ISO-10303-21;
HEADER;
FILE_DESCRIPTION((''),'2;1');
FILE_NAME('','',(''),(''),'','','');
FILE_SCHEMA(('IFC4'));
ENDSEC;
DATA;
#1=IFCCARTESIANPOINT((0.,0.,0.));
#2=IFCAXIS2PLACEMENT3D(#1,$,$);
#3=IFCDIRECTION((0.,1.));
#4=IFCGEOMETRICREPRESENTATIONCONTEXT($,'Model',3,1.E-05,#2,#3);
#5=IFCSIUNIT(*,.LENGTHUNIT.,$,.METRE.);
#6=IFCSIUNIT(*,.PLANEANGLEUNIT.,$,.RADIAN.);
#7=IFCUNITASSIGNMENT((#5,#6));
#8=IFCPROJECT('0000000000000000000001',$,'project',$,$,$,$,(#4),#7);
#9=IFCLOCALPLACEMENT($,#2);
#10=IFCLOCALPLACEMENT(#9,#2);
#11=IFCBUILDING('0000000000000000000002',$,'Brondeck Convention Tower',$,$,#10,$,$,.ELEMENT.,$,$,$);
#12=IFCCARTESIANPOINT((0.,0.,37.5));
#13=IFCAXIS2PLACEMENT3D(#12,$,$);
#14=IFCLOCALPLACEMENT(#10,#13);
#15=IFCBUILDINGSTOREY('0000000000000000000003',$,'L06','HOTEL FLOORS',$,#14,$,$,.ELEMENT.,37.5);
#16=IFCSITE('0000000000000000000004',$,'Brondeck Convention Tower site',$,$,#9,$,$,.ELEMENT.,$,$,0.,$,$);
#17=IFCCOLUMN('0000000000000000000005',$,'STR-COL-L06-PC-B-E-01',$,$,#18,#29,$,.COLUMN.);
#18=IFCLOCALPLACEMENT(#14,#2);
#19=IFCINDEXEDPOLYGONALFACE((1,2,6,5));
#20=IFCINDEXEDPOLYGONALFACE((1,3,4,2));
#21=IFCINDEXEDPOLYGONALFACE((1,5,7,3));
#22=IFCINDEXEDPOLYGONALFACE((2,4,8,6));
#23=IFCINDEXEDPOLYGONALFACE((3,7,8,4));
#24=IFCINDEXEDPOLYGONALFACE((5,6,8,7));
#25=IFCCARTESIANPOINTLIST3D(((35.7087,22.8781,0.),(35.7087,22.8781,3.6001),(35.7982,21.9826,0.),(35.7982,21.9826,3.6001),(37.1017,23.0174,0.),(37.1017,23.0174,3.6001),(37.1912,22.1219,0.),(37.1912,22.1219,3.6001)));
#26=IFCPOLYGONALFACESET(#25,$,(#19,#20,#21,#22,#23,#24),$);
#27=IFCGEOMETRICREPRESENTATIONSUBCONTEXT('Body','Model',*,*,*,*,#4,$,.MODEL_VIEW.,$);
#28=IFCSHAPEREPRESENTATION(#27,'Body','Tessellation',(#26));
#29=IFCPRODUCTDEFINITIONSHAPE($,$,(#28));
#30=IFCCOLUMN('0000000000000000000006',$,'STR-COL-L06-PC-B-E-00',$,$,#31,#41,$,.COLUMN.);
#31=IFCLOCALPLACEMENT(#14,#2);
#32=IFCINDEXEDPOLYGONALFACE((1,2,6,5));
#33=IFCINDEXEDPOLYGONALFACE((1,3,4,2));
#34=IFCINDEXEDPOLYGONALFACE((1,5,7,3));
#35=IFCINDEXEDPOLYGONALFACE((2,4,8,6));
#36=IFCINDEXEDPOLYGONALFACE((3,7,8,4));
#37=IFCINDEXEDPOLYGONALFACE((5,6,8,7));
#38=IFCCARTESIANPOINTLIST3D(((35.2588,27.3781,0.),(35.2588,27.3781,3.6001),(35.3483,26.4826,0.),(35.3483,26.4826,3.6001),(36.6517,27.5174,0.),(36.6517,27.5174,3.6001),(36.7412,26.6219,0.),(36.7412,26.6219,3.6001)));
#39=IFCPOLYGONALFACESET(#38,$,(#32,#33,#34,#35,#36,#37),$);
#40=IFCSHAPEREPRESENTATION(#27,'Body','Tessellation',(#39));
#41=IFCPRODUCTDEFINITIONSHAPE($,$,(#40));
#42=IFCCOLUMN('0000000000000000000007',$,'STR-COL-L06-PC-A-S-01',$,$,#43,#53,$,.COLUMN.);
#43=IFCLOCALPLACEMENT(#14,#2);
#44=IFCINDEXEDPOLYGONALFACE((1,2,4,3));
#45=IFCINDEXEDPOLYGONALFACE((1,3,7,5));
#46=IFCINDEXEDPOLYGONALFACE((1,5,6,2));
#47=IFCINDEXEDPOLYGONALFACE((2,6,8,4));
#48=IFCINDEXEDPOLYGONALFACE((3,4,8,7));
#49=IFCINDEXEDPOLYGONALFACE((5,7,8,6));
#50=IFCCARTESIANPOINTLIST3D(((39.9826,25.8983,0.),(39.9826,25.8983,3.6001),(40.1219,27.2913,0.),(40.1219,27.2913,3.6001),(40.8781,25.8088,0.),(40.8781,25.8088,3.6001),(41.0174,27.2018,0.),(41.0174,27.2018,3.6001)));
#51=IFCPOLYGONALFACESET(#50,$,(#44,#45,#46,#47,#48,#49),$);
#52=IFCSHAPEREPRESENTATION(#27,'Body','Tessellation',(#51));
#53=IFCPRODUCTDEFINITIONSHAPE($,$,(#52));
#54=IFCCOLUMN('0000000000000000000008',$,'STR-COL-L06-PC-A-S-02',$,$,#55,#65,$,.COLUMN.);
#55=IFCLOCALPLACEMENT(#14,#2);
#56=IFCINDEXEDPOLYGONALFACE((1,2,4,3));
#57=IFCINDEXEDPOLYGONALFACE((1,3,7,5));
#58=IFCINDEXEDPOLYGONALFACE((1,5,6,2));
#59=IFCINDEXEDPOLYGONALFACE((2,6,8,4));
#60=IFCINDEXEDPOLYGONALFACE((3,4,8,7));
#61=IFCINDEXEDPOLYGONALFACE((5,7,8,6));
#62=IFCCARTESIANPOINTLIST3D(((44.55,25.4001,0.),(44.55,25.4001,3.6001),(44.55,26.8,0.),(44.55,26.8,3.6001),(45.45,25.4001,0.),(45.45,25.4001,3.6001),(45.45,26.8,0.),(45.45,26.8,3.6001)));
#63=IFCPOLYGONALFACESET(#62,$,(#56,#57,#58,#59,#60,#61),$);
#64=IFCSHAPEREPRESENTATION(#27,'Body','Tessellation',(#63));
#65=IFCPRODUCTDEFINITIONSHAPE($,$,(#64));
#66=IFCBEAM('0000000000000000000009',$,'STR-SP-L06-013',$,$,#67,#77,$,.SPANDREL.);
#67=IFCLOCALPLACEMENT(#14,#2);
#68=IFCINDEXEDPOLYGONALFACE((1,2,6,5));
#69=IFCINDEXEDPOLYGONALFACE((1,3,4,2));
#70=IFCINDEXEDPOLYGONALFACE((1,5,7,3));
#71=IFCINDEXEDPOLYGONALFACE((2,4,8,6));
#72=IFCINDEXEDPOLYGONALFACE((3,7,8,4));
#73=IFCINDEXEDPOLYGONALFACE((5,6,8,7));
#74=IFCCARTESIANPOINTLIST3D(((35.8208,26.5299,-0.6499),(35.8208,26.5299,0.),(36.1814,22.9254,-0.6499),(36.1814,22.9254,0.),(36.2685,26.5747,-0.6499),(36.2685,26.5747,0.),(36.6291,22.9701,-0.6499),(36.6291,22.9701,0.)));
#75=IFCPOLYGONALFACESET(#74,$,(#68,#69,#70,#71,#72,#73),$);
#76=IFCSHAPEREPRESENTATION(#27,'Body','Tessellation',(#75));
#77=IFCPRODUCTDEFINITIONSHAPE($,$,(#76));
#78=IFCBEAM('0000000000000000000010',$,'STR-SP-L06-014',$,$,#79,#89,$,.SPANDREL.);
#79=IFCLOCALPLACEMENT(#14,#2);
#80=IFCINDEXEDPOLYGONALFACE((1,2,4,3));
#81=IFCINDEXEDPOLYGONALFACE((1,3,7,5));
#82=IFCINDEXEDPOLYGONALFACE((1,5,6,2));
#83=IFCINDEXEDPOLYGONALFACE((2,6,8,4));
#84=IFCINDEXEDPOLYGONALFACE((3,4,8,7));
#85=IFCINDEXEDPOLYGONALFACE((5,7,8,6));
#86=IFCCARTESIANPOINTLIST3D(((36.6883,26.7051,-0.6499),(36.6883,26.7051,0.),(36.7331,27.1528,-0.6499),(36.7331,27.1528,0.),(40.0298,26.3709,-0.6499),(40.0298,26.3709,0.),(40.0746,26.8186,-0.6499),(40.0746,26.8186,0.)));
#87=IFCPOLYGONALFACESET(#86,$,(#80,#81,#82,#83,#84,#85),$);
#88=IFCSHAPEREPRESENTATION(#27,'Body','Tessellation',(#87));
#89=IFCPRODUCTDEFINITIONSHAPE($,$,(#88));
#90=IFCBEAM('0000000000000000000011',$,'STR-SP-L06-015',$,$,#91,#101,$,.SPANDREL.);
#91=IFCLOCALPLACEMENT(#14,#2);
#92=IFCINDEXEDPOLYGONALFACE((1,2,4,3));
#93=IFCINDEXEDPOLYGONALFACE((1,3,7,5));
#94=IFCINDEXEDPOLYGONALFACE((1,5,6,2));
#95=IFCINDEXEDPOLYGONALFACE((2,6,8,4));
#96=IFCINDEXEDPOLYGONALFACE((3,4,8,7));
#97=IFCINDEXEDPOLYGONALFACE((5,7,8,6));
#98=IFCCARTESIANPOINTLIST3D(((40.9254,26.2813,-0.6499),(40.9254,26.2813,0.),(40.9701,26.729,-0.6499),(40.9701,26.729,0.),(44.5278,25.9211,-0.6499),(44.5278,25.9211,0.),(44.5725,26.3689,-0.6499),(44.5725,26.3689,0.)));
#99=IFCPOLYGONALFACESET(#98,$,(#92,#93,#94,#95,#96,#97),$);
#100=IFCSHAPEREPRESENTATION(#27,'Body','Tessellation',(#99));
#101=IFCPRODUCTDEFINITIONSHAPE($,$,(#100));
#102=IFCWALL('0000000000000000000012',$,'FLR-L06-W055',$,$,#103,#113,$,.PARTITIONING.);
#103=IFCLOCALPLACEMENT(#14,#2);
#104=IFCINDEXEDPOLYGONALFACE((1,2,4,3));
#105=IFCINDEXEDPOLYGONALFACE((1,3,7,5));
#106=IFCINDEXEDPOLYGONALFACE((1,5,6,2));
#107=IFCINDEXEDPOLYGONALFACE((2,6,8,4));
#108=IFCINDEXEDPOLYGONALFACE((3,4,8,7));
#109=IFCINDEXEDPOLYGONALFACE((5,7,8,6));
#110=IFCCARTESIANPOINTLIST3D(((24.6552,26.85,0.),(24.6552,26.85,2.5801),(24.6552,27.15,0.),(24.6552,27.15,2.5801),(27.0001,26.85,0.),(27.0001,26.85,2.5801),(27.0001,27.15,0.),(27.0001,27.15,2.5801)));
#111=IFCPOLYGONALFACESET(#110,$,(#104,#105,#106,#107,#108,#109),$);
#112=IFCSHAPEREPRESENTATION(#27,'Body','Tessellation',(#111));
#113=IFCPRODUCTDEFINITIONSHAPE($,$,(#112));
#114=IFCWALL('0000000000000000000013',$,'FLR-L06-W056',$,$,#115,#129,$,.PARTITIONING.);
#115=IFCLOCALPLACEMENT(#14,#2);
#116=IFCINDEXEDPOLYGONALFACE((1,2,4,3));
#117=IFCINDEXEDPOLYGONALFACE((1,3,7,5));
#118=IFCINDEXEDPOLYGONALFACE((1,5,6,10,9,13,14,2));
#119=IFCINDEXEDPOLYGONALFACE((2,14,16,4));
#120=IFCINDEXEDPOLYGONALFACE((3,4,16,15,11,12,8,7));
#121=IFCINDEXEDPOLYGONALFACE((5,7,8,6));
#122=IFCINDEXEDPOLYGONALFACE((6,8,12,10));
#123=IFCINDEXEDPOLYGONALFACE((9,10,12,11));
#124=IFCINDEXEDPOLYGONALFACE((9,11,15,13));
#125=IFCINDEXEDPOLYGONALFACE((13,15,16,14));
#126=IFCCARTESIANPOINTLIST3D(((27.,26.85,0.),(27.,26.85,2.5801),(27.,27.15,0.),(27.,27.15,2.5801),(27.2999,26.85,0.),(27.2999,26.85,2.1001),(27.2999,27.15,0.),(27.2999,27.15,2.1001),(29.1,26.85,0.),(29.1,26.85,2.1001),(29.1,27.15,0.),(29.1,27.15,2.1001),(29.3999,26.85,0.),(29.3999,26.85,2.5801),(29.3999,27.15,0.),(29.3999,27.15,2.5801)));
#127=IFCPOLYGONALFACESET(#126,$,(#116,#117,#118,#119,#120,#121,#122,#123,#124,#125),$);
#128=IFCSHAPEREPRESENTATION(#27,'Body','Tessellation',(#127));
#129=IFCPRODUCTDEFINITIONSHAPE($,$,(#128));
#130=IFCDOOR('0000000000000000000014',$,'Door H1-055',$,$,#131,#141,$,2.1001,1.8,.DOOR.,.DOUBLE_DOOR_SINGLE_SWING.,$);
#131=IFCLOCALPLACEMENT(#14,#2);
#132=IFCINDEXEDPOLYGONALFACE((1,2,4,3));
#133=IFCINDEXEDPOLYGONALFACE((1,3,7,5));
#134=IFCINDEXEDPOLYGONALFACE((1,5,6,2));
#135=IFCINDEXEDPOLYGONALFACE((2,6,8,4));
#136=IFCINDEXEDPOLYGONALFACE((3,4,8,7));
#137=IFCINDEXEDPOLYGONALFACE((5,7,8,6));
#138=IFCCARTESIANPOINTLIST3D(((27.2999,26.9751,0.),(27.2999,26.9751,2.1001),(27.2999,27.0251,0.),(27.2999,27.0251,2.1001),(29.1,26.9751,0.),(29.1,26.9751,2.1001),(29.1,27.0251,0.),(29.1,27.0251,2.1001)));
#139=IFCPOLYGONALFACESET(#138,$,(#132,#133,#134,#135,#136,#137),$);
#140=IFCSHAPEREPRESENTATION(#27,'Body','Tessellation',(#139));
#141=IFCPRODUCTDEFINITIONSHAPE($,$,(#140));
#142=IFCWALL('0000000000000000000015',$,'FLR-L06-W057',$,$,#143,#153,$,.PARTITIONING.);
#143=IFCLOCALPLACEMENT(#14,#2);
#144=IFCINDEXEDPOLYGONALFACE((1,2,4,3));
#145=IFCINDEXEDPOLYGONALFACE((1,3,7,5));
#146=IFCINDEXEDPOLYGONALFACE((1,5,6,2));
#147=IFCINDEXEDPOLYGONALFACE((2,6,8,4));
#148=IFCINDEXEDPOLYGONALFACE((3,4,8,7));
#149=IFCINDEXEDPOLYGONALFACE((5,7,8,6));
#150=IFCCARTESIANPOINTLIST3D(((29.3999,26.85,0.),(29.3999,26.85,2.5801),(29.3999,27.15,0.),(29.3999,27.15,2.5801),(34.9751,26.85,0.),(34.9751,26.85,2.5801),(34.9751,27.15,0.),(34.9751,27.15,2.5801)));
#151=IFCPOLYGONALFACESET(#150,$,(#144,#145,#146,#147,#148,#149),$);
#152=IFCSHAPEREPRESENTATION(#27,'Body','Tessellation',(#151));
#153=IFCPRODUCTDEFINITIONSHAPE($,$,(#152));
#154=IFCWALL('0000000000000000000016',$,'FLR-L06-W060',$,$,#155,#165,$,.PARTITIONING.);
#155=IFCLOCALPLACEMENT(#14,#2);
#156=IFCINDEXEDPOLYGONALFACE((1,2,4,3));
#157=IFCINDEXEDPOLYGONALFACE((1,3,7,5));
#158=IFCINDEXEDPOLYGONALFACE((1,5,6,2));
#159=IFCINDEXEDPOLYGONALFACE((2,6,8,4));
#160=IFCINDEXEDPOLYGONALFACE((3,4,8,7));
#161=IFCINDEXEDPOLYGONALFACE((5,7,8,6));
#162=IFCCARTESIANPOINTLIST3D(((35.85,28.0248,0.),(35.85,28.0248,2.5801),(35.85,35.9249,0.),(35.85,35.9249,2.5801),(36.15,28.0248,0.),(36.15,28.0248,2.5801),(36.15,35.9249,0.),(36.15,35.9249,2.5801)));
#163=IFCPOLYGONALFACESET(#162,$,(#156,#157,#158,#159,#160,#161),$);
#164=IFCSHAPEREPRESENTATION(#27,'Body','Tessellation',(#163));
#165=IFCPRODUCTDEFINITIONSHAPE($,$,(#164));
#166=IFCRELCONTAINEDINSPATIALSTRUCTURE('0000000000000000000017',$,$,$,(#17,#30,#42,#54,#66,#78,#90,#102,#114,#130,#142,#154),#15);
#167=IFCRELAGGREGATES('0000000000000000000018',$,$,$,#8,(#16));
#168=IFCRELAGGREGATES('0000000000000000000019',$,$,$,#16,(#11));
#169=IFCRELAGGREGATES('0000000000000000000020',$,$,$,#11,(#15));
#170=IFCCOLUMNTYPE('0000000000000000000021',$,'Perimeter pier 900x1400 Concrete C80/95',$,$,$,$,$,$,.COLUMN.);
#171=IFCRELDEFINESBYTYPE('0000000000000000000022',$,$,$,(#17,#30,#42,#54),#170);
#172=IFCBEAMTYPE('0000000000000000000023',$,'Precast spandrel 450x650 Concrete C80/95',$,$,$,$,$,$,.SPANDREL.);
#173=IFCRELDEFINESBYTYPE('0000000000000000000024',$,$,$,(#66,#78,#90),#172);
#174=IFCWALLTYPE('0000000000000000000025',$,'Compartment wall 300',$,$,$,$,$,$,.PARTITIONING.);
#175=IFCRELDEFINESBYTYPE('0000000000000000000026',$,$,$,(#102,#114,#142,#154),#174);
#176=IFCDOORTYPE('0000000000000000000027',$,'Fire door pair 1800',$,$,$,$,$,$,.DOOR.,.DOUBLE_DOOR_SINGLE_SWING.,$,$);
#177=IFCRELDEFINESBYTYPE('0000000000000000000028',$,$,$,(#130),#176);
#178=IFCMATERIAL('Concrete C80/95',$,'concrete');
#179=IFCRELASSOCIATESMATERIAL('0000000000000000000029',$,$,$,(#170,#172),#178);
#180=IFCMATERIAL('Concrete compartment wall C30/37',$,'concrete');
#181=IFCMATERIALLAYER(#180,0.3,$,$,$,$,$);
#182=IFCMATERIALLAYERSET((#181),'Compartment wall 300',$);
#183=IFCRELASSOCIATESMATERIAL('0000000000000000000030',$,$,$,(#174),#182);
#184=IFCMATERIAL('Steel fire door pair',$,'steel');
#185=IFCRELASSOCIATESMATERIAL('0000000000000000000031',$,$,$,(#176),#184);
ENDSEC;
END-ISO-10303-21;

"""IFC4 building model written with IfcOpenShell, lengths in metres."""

from ifc_helpers import new_model, si_unit, direction, frame, frame_2d, origin, origin_2d, place, context, subcontext, project, spatial, rectangle, extrude, material, layer, layer_set, material_profile, profile_set, type_object, element, fill, save


model = new_model("IFC4")

# Units and contexts
model_context = context("Model", 3, precision=1e-05, world=origin(), true_north=direction((0.0, 1.0)))
body_context = subcontext(model_context, "Body", "Model", "MODEL_VIEW")
ifc_project = project(units=[si_unit("LENGTHUNIT", "METRE"), si_unit("PLANEANGLEUNIT", "RADIAN")], contexts=[model_context])

# Site, building, storey
site_placement = place(None, origin())
site = spatial("IfcSite", under=ifc_project, at=site_placement, Name="Brondeck Convention Tower site", CompositionType="ELEMENT", RefElevation=0.0)
building_placement = place(site_placement, origin())
building = spatial("IfcBuilding", under=site, at=building_placement, Name="Brondeck Convention Tower", CompositionType="ELEMENT")
storey_placement = place(building_placement, frame((0.0, 0.0, 37.5)))
storey = spatial("IfcBuildingStorey", under=building, at=storey_placement, Name="L06", Description="HOTEL FLOORS", CompositionType="ELEMENT", Elevation=37.5)

# Columns
ifc_material_1 = material(Name="Concrete C80/95", Category="concrete")
ifc_material_profile_1 = material_profile(ifc_material_1, rectangle(XDim=0.8999, YDim=1.3999, at=origin_2d()), Name="Perimeter pier 900x1400 Concrete C80/95")
ifc_profile_set_1 = profile_set([ifc_material_profile_1], Name="Concrete C80/95")
column_type = type_object("IfcColumnType", Name="Perimeter pier 900x1400 Concrete C80/95", PredefinedType="COLUMN", material=ifc_profile_set_1)
for number, where, z_axis, x_axis, name in (
    (1, (36.45, 22.5, 0.0), (0.0, 0.0, 1.0), (-0.099504, 0.995037, 0.0), "STR-COL-L06-PC-B-E-01"),
    (2, (36.0, 27.0, 0.0), (0.0, 0.0, 1.0), (-0.099504, 0.995037, 0.0), "STR-COL-L06-PC-B-E-00"),
    (3, (40.5, 26.55, 0.0), (0.0, 0.0, 1.0), (0.995037, -0.099504, 0.0), "STR-COL-L06-PC-A-S-01"),
    (4, (45.0, 26.1001, 0.0), (0.0, 0.0, 1.0), (1.0, 0.0, 0.0), "STR-COL-L06-PC-A-S-02"),
):
    element("IfcColumn", number, at=place(storey_placement, frame(where, z_axis=z_axis, x_axis=x_axis)), inside=storey, type_object=column_type, Name=name, PredefinedType="COLUMN", context=body_context, shape_type="SweptSolid", body=[
        extrude(rectangle(XDim=0.8999, YDim=1.3999, at=origin_2d()), origin(), (0.0, 0.0, 1.0), 3.6001),
    ])

# Beams
ifc_material_profile_2 = material_profile(ifc_material_1, rectangle(XDim=0.45, YDim=0.6499, at=origin_2d()), Name="Precast spandrel 450x650 Concrete C80/95")
ifc_profile_set_2 = profile_set([ifc_material_profile_2], Name="Concrete C80/95")
beam_type = type_object("IfcBeamType", Name="Precast spandrel 450x650 Concrete C80/95", PredefinedType="SPANDREL", material=ifc_profile_set_2)
beam_1_placement = place(storey_placement, frame((36.4053, 22.9478, -0.325), z_axis=(-0.099544, 0.995033, 0.0), x_axis=(-0.995033, -0.099544, 0.0)))
element("IfcBeam", 5, at=beam_1_placement, inside=storey, type_object=beam_type, Name="STR-SP-L06-013", PredefinedType="SPANDREL", context=body_context, shape_type="SweptSolid", body=[
    extrude(rectangle(XDim=0.45, YDim=0.6499, at=origin_2d()), origin(), (0.0, 0.0, 1.0), 3.6226),
])
beam_2_placement = place(storey_placement, frame((36.7107, 26.929, -0.325), z_axis=(0.995035, -0.099525, 0.0), x_axis=(0.099525, 0.995035, 0.0)))
element("IfcBeam", 6, at=beam_2_placement, inside=storey, type_object=beam_type, Name="STR-SP-L06-014", PredefinedType="SPANDREL", context=body_context, shape_type="SweptSolid", body=[
    extrude(rectangle(XDim=0.45, YDim=0.6499, at=origin_2d()), origin(), (0.0, 0.0, 1.0), 3.3582),
])
beam_3_placement = place(storey_placement, frame((40.9478, 26.5051, -0.325), z_axis=(0.995041, -0.09947, 0.0), x_axis=(0.09947, 0.995041, 0.0)))
element("IfcBeam", 7, at=beam_3_placement, inside=storey, type_object=beam_type, Name="STR-SP-L06-015", PredefinedType="SPANDREL", context=body_context, shape_type="SweptSolid", body=[
    extrude(rectangle(XDim=0.45, YDim=0.6499, at=origin_2d()), origin(), (0.0, 0.0, 1.0), 3.6204),
])

# Wall
ifc_material_2 = material(Name="Concrete compartment wall C30/37", Category="concrete")
ifc_layer_1 = layer(ifc_material_2, 0.3)
ifc_layer_set_1 = layer_set([ifc_layer_1], Name="Compartment wall 300")
wall_type_1 = type_object("IfcWallType", Name="Compartment wall 300", PredefinedType="PARTITIONING", material=ifc_layer_set_1)
wall_1_placement = place(storey_placement, frame((27.0, 27.0, 0.0), z_axis=(0.0, 0.0, 1.0), x_axis=(-1.0, 0.0, 0.0)))
element("IfcWall", 8, at=wall_1_placement, inside=storey, type_object=wall_type_1, Name="FLR-L06-W055", PredefinedType="PARTITIONING", context=body_context, shape_type="SweptSolid", body=[
    extrude(rectangle(XDim=2.345, YDim=0.3, at=frame_2d((1.1724, 0.0))), origin(), (0.0, 0.0, 1.0), 2.5801),
])

# Wall, opening, door
wall_2_placement = place(storey_placement, frame((29.3999, 27.0, 0.0), z_axis=(0.0, 0.0, 1.0), x_axis=(-1.0, 0.0, 0.0)))
wall_2 = element("IfcWall", 9, at=wall_2_placement, inside=storey, type_object=wall_type_1, Name="FLR-L06-W056", PredefinedType="PARTITIONING", context=body_context, shape_type="SweptSolid", body=[
    extrude(rectangle(XDim=2.3999, YDim=0.3, at=frame_2d((1.2, 0.0))), origin(), (0.0, 0.0, 1.0), 2.5801),
])
opening_1_placement = place(wall_2_placement, frame((0.3, 0.0, 0.0)))
opening_1 = element("IfcOpeningElement", 10, at=opening_1_placement, cuts=wall_2, PredefinedType="OPENING", context=body_context, shape_type="SweptSolid", body=[
    extrude(rectangle(XDim=1.8, YDim=2.1001, at=frame_2d((0.8999, 1.05))), frame((0.0, 0.1599, 0.0), z_axis=(0.0, -1.0, 0.0), x_axis=(1.0, 0.0, 0.0)), (0.0, 0.0, 1.0), 0.3201),
])
ifc_material_3 = material(Name="Steel fire door pair", Category="steel")
door_type_1 = type_object("IfcDoorType", Name="Fire door pair 1800", OperationType="DOUBLE_DOOR_SINGLE_SWING", PredefinedType="DOOR", material=ifc_material_3)
door_1_placement = place(opening_1_placement, origin())
door_1 = element("IfcDoor", 11, at=door_1_placement, inside=storey, type_object=door_type_1, Name="Door H1-055", OperationType="DOUBLE_DOOR_SINGLE_SWING", OverallHeight=2.1001, OverallWidth=1.8, PredefinedType="DOOR", context=body_context, shape_type="SweptSolid", body=[
    extrude(rectangle(XDim=1.8, YDim=2.1001, at=frame_2d((0.8999, 1.05))), frame((0.0, 0.0249, 0.0), z_axis=(0.0, -1.0, 0.0), x_axis=(1.0, 0.0, 0.0)), (0.0, 0.0, 1.0), 0.05),
])
fill(opening_1, door_1)

# Walls
wall_3_placement = place(storey_placement, frame((34.9751, 27.0, 0.0), z_axis=(0.0, 0.0, 1.0), x_axis=(-1.0, 0.0, 0.0)))
element("IfcWall", 12, at=wall_3_placement, inside=storey, type_object=wall_type_1, Name="FLR-L06-W057", PredefinedType="PARTITIONING", context=body_context, shape_type="SweptSolid", body=[
    extrude(rectangle(XDim=5.5752, YDim=0.3, at=frame_2d((2.7876, 0.0))), origin(), (0.0, 0.0, 1.0), 2.5801),
])
wall_4_placement = place(storey_placement, frame((36.0, 35.925, 0.0), z_axis=(0.0, 0.0, 1.0), x_axis=(0.0, -1.0, 0.0)))
element("IfcWall", 13, at=wall_4_placement, inside=storey, type_object=wall_type_1, Name="FLR-L06-W060", PredefinedType="PARTITIONING", context=body_context, shape_type="SweptSolid", body=[
    extrude(rectangle(XDim=7.9001, YDim=0.3, at=frame_2d((3.9502, 0.0))), origin(), (0.0, 0.0, 1.0), 2.5801),
])

save(model, "model.ifc")
